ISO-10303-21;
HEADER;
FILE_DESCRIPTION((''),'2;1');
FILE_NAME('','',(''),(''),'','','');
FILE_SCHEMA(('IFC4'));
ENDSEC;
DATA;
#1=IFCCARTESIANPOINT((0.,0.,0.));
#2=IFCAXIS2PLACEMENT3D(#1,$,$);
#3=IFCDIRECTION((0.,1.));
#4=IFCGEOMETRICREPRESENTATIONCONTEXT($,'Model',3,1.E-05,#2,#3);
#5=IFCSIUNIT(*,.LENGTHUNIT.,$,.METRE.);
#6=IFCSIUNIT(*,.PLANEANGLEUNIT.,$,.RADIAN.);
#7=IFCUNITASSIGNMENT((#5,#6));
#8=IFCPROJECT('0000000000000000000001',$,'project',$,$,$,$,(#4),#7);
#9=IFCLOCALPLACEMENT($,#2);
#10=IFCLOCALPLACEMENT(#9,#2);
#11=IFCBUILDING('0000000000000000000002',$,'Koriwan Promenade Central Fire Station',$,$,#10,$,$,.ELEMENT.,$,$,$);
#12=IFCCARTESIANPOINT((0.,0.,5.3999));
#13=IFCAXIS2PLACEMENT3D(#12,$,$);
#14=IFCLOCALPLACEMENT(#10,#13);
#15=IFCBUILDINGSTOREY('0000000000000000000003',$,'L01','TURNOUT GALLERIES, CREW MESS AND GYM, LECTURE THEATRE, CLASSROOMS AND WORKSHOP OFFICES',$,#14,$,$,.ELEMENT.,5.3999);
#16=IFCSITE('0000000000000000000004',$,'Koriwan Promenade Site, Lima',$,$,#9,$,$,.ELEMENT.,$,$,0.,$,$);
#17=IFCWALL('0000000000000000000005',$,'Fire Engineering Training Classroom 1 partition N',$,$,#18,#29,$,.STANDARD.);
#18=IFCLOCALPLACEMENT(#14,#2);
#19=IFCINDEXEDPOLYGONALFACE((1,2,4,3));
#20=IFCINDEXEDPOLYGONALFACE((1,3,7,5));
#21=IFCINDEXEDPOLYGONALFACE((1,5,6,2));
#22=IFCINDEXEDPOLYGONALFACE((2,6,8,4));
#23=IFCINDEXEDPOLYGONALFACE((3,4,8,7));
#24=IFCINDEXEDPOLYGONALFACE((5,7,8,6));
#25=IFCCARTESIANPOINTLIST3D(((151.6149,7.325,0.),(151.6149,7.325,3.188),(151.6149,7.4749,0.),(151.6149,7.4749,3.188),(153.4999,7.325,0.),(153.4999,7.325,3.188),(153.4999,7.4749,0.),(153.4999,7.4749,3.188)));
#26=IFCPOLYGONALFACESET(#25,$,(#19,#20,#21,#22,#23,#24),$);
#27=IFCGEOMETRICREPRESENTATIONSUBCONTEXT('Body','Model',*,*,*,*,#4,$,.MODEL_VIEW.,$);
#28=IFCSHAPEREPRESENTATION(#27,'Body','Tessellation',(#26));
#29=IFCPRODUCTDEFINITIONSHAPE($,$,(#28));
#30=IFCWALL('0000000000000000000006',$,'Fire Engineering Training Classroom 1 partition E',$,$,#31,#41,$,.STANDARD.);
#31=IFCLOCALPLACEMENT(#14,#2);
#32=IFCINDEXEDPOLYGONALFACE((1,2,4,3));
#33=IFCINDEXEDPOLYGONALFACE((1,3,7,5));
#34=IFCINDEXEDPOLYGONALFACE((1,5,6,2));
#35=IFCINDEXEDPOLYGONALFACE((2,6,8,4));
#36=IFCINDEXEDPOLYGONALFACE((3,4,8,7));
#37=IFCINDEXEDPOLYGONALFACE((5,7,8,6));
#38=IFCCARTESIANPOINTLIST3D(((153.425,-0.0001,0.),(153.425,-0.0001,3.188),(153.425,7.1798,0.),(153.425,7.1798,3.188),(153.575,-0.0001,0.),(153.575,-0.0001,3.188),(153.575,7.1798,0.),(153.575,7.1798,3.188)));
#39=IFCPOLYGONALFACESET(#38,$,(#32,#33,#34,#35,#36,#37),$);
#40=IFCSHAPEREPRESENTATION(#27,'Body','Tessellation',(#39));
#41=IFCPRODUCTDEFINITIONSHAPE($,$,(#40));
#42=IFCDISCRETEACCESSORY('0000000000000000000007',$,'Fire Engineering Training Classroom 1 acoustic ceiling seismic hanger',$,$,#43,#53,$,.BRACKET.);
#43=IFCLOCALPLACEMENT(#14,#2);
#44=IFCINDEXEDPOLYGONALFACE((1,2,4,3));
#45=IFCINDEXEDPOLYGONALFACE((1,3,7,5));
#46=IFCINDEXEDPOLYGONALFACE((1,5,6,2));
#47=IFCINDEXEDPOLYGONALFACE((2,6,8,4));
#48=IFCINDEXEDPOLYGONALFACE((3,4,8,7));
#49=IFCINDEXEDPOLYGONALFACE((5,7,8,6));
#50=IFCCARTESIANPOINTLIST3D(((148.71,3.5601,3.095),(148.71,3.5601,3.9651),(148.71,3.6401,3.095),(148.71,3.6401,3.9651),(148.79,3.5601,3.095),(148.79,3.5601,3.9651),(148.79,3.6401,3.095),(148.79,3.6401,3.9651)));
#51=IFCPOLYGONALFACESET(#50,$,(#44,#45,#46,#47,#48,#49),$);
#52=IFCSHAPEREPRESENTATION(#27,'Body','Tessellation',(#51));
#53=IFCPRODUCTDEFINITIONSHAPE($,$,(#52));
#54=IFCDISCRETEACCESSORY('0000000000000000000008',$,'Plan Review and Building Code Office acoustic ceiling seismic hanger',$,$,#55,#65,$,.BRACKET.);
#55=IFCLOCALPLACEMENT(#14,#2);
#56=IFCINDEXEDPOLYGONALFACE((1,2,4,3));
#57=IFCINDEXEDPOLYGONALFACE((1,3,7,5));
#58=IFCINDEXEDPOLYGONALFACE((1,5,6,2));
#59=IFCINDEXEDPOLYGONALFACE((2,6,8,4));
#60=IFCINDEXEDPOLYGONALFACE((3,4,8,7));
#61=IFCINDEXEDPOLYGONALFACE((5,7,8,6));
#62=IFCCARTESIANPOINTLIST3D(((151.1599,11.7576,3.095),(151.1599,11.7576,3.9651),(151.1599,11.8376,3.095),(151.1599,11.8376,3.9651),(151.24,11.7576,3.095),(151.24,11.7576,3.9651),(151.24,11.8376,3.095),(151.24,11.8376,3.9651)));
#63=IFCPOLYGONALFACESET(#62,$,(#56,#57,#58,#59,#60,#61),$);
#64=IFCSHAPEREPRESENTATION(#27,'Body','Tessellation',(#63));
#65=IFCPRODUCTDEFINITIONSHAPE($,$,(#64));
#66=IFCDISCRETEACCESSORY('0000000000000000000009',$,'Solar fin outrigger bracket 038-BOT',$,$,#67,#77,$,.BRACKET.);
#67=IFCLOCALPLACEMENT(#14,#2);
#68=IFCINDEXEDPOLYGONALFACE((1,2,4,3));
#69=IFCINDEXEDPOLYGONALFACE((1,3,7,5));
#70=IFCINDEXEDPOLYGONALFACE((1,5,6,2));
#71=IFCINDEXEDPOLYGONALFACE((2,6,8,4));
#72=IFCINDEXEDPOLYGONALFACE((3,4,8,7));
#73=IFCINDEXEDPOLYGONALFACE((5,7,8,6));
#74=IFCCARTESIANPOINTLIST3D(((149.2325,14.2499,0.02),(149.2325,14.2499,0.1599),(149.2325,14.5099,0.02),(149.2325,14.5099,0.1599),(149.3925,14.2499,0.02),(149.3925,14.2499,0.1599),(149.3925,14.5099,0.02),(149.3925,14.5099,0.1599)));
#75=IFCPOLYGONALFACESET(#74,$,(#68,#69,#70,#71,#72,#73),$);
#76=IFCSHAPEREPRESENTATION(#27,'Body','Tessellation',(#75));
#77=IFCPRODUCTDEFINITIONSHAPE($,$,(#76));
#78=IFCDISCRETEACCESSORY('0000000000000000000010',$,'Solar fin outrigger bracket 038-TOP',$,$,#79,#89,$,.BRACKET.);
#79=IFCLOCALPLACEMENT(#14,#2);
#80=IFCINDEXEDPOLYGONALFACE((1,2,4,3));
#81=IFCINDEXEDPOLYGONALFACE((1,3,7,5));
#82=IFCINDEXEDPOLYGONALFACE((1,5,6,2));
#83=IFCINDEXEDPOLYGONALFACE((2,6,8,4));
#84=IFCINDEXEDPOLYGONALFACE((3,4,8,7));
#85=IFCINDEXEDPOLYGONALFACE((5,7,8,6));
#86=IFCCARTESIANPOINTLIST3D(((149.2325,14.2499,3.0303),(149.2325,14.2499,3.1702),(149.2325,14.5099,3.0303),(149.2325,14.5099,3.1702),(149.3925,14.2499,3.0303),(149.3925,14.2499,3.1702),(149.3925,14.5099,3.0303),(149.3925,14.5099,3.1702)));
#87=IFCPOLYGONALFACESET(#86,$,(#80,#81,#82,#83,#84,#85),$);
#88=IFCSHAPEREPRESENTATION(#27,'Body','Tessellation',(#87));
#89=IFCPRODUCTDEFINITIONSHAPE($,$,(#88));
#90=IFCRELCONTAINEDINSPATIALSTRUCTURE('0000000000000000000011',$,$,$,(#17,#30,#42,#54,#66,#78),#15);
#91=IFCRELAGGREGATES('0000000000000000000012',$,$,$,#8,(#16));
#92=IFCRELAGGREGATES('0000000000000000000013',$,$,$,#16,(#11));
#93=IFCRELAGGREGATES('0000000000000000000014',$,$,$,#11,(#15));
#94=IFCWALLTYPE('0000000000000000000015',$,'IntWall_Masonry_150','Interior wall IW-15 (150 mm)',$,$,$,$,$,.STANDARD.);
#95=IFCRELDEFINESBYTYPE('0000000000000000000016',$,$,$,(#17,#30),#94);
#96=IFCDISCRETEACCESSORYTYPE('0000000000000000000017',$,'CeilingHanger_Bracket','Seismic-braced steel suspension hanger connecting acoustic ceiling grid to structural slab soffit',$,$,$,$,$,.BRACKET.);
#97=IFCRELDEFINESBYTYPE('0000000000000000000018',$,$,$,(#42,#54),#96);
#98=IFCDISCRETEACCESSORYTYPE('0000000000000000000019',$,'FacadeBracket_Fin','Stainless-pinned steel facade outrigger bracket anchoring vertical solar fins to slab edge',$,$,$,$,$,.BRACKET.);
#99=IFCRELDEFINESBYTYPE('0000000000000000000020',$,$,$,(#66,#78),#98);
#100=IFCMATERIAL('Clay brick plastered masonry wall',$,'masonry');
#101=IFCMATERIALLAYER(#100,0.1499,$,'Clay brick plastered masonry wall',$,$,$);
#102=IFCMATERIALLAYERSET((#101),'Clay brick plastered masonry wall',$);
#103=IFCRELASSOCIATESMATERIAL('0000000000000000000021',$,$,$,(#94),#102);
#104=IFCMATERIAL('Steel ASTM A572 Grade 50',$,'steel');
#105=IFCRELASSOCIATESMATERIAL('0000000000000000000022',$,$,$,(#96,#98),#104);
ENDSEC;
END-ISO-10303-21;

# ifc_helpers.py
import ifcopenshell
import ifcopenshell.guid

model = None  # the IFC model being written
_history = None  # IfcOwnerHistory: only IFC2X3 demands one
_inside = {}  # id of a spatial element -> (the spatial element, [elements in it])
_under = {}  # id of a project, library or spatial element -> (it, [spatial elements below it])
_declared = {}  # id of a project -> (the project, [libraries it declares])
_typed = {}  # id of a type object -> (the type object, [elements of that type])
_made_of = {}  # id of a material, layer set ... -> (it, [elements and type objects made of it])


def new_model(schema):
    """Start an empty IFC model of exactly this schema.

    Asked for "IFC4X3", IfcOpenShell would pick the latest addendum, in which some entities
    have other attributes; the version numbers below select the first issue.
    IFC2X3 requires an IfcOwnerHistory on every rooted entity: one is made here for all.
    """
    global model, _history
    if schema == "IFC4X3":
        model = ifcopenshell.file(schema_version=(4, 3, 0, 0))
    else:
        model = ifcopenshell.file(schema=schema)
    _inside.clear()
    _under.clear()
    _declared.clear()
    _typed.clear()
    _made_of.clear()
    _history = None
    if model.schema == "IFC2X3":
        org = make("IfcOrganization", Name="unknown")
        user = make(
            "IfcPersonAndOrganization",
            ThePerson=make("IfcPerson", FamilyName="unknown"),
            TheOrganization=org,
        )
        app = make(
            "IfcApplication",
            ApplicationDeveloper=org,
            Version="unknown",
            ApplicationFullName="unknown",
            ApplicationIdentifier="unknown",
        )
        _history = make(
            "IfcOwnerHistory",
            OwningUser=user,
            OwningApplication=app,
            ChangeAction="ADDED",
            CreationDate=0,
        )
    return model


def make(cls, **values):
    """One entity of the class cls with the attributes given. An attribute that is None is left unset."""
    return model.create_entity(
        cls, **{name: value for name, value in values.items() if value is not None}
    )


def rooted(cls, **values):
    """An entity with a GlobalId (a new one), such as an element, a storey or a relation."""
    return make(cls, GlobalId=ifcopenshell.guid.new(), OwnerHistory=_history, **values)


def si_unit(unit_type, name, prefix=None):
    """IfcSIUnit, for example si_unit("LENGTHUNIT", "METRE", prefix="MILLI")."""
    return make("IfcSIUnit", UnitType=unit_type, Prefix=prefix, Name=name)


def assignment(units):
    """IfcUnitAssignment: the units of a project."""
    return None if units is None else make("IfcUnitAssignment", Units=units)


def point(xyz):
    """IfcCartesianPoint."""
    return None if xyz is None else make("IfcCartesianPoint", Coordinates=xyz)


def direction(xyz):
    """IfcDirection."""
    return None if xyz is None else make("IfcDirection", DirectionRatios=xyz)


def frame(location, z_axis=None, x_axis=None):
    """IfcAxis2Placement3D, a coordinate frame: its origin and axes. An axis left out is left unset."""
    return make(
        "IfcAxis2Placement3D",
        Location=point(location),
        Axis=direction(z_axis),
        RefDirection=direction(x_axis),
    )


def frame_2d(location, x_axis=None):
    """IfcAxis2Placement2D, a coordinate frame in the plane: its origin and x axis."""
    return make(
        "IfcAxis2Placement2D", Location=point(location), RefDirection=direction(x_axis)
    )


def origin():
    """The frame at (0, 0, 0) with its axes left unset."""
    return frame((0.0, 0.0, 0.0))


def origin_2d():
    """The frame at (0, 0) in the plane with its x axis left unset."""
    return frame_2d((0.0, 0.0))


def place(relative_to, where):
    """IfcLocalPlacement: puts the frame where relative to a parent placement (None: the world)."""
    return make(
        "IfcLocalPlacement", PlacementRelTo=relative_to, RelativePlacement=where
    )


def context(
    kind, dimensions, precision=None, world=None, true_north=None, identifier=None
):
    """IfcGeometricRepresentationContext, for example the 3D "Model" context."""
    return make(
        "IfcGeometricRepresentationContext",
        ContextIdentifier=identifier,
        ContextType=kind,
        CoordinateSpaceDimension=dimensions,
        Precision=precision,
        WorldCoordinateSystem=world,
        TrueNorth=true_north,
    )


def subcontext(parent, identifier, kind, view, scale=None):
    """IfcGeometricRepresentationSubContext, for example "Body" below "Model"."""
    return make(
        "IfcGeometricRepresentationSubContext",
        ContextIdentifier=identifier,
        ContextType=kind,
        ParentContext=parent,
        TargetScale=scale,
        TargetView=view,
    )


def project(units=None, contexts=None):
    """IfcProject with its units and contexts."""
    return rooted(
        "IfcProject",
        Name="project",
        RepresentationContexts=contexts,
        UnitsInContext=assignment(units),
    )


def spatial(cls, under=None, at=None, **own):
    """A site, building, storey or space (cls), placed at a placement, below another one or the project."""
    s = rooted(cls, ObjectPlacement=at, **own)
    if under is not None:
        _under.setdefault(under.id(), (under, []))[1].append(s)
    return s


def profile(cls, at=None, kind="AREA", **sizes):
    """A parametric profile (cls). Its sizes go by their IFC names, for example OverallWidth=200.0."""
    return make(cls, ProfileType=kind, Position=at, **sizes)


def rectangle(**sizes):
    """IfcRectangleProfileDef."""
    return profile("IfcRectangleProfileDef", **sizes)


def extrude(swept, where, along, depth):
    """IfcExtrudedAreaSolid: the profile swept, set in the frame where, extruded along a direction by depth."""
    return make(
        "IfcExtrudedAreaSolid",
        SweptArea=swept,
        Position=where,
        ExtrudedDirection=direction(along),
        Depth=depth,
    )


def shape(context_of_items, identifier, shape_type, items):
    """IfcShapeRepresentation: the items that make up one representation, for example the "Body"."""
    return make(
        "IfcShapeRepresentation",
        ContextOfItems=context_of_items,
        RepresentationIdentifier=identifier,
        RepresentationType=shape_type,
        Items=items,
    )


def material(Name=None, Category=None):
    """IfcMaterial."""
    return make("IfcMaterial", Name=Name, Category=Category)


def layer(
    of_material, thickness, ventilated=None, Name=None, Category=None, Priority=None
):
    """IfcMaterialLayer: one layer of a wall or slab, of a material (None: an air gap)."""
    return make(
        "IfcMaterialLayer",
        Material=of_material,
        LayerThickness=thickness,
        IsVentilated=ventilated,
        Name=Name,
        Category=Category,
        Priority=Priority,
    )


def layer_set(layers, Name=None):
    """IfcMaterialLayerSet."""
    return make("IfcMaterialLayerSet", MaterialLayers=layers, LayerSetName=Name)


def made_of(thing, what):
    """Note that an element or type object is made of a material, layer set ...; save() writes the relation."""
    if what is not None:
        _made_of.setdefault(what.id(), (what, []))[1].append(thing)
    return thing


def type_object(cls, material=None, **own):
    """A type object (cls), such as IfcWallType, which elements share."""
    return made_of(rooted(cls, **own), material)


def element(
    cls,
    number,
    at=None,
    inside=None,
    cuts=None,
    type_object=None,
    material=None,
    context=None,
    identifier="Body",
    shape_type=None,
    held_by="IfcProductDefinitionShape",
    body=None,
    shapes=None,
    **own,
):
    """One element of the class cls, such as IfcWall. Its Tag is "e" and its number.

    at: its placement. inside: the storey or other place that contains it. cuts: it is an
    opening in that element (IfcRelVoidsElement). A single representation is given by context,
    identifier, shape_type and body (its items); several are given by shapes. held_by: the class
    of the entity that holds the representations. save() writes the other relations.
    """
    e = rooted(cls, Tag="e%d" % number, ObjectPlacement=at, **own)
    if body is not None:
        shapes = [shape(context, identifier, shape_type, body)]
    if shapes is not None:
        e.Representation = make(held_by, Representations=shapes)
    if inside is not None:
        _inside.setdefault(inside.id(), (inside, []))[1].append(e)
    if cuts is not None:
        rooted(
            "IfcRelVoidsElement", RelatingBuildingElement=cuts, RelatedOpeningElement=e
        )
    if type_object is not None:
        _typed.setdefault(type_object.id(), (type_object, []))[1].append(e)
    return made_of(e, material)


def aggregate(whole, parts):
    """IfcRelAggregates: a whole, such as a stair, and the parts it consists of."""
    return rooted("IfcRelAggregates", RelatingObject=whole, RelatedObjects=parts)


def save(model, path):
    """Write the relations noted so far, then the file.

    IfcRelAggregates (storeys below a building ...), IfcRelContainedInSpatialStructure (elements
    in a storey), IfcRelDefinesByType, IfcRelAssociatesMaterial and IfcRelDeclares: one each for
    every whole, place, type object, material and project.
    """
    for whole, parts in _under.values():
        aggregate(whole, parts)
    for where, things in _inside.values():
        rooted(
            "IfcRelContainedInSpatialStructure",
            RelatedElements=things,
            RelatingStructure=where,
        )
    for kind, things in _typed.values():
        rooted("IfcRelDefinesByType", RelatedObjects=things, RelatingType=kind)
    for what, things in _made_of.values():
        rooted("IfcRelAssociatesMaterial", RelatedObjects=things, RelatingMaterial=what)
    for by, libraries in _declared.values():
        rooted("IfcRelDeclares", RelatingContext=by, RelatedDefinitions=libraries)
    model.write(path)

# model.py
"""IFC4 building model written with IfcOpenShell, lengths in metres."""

from ifc_helpers import new_model, si_unit, direction, frame, frame_2d, origin, origin_2d, place, context, subcontext, project, spatial, rectangle, extrude, material, layer, layer_set, type_object, element, save


model = new_model("IFC4")

# Units and contexts
model_context = context("Model", 3, precision=1e-05, world=origin(), true_north=direction((0.0, 1.0)))
body_context = subcontext(model_context, "Body", "Model", "MODEL_VIEW")
ifc_project = project(units=[si_unit("LENGTHUNIT", "METRE"), si_unit("PLANEANGLEUNIT", "RADIAN")], contexts=[model_context])

# Site, building, storey
site_placement = place(None, origin())
site = spatial("IfcSite", under=ifc_project, at=site_placement, Name="Koriwan Promenade Site, Lima", CompositionType="ELEMENT", RefElevation=0.0)
building_placement = place(site_placement, origin())
building = spatial("IfcBuilding", under=site, at=building_placement, Name="Koriwan Promenade Central Fire Station", CompositionType="ELEMENT")
storey_placement = place(building_placement, frame((0.0, 0.0, 5.3999)))
storey = spatial("IfcBuildingStorey", under=building, at=storey_placement, Name="L01", Description="TURNOUT GALLERIES, CREW MESS AND GYM, LECTURE THEATRE, CLASSROOMS AND WORKSHOP OFFICES", CompositionType="ELEMENT", Elevation=5.3999)

# Walls
ifc_material_1 = material(Name="Clay brick plastered masonry wall", Category="masonry")
ifc_layer_1 = layer(ifc_material_1, 0.1499, Name="Clay brick plastered masonry wall")
ifc_layer_set_1 = layer_set([ifc_layer_1], Name="Clay brick plastered masonry wall")
wall_type = type_object("IfcWallType", Name="IntWall_Masonry_150", Description="Interior wall IW-15 (150 mm)", PredefinedType="STANDARD", material=ifc_layer_set_1)
wall_1_placement = place(storey_placement, frame((151.615, 7.3999, 0.0), z_axis=(0.0, 0.0, 1.0), x_axis=(1.0, 0.0, 0.0)))
element("IfcWall", 1, at=wall_1_placement, inside=storey, type_object=wall_type, Name="Fire Engineering Training Classroom 1 partition N", PredefinedType="STANDARD", context=body_context, shape_type="SweptSolid", body=[
    extrude(rectangle(XDim=1.885, YDim=0.1499, at=frame_2d((0.9424, 0.0))), origin(), (0.0, 0.0, 1.0), 3.188),
])
wall_2_placement = place(storey_placement, frame((153.5, 0.0, 0.0), z_axis=(0.0, 0.0, 1.0), x_axis=(0.0, 1.0, 0.0)))
element("IfcWall", 2, at=wall_2_placement, inside=storey, type_object=wall_type, Name="Fire Engineering Training Classroom 1 partition E", PredefinedType="STANDARD", context=body_context, shape_type="SweptSolid", body=[
    extrude(rectangle(XDim=7.1799, YDim=0.1499, at=frame_2d((3.5898, 0.0))), origin(), (0.0, 0.0, 1.0), 3.188),
])

# Discrete accessories
ifc_material_2 = material(Name="Steel ASTM A572 Grade 50", Category="steel")
discrete_accessory_type_1 = type_object("IfcDiscreteAccessoryType", Name="CeilingHanger_Bracket", Description="Seismic-braced steel suspension hanger connecting acoustic ceiling grid to structural slab soffit", PredefinedType="BRACKET", material=ifc_material_2)
for number, where, z_axis, x_axis, name in (
    (3, (148.75, 3.6001, 3.095), (0.0, 0.0, 1.0), (1.0, 0.0, 0.0), "Fire Engineering Training Classroom 1 acoustic ceiling seismic hanger"),
    (4, (151.2, 11.7976, 3.095), (0.0, 0.0, 1.0), (1.0, 0.0, 0.0), "Plan Review and Building Code Office acoustic ceiling seismic hanger"),
):
    element("IfcDiscreteAccessory", number, at=place(storey_placement, frame(where, z_axis=z_axis, x_axis=x_axis)), inside=storey, type_object=discrete_accessory_type_1, Name=name, PredefinedType="BRACKET", context=body_context, shape_type="SweptSolid", body=[
        extrude(rectangle(XDim=0.0801, YDim=0.0801, at=origin_2d()), origin(), (0.0, 0.0, 1.0), 0.8701),
    ])
discrete_accessory_type_2 = type_object("IfcDiscreteAccessoryType", Name="FacadeBracket_Fin", Description="Stainless-pinned steel facade outrigger bracket anchoring vertical solar fins to slab edge", PredefinedType="BRACKET", material=ifc_material_2)
for number, where, z_axis, x_axis, name in (
    (5, (149.3125, 14.3799, 0.02), (0.0, 0.0, 1.0), (0.0, -1.0, 0.0), "Solar fin outrigger bracket 038-BOT"),
    (6, (149.3125, 14.3799, 3.0303), (0.0, 0.0, 1.0), (0.0, -1.0, 0.0), "Solar fin outrigger bracket 038-TOP"),
):
    element("IfcDiscreteAccessory", number, at=place(storey_placement, frame(where, z_axis=z_axis, x_axis=x_axis)), inside=storey, type_object=discrete_accessory_type_2, Name=name, PredefinedType="BRACKET", context=body_context, shape_type="SweptSolid", body=[
        extrude(rectangle(XDim=0.26, YDim=0.1599, at=origin_2d()), origin(), (0.0, 0.0, 1.0), 0.1399),
    ])

save(model, "model.ifc")
